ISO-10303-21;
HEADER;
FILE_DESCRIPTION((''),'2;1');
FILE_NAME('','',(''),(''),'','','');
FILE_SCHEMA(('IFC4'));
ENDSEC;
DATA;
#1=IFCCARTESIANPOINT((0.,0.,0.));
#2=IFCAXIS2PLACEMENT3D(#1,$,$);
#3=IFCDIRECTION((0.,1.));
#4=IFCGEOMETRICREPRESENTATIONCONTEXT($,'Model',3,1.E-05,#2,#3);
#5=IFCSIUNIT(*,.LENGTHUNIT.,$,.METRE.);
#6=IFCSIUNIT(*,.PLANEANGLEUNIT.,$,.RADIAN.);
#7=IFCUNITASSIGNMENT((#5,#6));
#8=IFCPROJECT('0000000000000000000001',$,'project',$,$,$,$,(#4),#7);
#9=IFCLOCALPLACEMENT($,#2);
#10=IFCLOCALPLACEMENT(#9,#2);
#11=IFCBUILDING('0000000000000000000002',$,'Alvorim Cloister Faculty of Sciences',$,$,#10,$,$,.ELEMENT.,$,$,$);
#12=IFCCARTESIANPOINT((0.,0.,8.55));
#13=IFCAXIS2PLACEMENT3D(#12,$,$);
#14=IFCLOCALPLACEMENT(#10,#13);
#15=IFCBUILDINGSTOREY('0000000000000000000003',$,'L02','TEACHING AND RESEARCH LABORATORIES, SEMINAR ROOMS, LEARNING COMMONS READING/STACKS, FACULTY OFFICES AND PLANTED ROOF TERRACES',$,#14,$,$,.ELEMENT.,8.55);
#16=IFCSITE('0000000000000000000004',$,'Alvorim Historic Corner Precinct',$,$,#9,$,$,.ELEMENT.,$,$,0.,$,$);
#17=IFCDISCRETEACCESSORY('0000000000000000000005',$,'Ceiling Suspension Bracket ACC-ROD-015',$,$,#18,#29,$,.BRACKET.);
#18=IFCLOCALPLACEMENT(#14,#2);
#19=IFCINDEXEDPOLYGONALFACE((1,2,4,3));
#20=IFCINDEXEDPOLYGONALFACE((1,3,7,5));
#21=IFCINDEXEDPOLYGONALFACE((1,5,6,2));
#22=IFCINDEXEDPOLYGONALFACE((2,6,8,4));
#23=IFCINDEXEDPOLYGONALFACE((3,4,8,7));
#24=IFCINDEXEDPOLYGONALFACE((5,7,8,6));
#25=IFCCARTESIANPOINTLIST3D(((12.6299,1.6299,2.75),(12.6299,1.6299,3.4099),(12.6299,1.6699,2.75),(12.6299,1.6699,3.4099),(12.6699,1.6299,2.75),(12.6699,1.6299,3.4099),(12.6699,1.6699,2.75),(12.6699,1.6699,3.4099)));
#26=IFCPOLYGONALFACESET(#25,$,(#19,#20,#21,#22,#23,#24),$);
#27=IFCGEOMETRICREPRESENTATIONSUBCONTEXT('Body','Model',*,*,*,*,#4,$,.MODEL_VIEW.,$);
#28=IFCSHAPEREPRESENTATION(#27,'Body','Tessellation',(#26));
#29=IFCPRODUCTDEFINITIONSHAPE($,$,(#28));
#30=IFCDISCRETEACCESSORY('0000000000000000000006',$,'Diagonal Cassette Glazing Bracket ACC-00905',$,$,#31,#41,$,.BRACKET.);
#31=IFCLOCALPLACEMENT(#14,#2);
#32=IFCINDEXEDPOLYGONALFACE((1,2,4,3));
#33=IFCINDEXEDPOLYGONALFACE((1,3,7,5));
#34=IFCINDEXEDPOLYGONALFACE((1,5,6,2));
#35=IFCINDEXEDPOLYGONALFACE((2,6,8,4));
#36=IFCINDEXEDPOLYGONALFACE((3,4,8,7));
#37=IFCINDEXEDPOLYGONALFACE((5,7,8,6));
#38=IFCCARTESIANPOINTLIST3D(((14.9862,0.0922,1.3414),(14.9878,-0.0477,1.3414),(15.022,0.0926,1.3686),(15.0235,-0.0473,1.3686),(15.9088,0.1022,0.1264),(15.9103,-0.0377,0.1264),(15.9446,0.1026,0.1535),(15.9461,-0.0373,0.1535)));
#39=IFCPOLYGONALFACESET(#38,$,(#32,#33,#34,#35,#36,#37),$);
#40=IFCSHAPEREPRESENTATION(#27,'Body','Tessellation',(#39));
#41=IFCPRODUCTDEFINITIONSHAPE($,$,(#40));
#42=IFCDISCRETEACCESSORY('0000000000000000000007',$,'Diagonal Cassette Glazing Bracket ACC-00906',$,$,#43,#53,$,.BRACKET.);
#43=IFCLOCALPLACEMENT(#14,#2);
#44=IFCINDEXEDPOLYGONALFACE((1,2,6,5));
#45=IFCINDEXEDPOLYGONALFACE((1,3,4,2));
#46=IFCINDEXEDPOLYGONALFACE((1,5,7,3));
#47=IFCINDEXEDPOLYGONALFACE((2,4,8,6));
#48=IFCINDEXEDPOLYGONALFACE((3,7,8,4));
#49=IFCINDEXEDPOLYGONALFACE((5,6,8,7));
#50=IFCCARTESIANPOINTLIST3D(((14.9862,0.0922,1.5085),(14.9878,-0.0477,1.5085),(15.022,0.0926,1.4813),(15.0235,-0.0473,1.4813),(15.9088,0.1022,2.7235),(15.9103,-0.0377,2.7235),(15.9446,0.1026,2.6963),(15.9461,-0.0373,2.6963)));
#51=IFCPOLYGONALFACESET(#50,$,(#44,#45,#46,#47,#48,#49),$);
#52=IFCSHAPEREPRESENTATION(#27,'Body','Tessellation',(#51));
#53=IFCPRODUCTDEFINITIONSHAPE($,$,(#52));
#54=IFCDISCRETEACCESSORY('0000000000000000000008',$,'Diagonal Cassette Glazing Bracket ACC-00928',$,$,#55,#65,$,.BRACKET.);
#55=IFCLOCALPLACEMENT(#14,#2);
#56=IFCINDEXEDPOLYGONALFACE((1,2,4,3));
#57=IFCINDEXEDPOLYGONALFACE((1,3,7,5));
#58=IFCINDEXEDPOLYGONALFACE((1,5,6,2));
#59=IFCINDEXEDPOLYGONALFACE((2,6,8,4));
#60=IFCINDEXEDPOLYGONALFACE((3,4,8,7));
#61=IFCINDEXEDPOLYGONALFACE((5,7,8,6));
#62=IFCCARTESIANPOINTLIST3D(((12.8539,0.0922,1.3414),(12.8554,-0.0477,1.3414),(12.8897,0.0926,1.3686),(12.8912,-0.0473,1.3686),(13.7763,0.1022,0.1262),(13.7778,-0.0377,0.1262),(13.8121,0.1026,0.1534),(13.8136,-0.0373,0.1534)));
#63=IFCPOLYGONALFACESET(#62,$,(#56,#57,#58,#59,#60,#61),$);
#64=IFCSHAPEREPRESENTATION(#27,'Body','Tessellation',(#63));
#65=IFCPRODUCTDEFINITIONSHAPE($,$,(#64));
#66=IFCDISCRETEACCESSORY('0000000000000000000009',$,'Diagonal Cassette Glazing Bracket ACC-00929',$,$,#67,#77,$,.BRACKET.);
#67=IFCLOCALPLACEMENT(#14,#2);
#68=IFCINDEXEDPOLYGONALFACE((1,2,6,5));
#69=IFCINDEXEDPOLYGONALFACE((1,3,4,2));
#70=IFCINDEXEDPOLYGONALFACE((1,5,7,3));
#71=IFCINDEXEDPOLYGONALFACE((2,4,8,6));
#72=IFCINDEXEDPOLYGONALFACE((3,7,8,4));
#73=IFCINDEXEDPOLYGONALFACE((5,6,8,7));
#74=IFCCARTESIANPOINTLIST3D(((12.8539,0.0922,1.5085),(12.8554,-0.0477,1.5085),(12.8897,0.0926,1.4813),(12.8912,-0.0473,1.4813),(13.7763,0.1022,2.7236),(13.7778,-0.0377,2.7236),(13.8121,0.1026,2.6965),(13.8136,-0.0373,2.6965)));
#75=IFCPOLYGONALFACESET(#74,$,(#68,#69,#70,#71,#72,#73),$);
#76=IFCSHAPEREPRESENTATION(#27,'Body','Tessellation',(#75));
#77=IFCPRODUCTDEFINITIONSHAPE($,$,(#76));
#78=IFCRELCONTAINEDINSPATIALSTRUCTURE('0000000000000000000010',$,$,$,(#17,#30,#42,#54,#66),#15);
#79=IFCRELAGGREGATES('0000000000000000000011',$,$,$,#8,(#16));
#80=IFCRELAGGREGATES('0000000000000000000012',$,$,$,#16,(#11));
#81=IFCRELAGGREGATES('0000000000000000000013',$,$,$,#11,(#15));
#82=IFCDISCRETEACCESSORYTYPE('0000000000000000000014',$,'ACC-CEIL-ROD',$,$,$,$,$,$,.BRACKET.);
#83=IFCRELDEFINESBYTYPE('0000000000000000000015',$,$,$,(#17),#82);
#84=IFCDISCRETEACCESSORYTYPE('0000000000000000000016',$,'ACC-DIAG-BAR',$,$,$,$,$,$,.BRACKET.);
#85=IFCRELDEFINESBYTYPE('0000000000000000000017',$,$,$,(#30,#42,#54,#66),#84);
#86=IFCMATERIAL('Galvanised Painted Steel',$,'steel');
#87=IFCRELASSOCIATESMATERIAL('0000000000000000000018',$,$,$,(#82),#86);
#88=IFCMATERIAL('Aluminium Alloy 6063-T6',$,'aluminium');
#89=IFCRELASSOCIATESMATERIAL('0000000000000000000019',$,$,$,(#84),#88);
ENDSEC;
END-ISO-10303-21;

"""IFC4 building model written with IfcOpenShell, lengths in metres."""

from ifc_helpers import new_model, si_unit, direction, frame, origin, origin_2d, place, context, subcontext, project, spatial, rectangle, extrude, material, type_object, element, save


model = new_model("IFC4")

# Units and contexts
model_context = context("Model", 3, precision=1e-05, world=origin(), true_north=direction((0.0, 1.0)))
body_context = subcontext(model_context, "Body", "Model", "MODEL_VIEW")
ifc_project = project(units=[si_unit("LENGTHUNIT", "METRE"), si_unit("PLANEANGLEUNIT", "RADIAN")], contexts=[model_context])

# Site, building, storey
site_placement = place(None, origin())
site = spatial("IfcSite", under=ifc_project, at=site_placement, Name="Alvorim Historic Corner Precinct", CompositionType="ELEMENT", RefElevation=0.0)
building_placement = place(site_placement, origin())
building = spatial("IfcBuilding", under=site, at=building_placement, Name="Alvorim Cloister Faculty of Sciences", CompositionType="ELEMENT")
storey_placement = place(building_placement, frame((0.0, 0.0, 8.55)))
storey = spatial("IfcBuildingStorey", under=building, at=storey_placement, Name="L02", Description="TEACHING AND RESEARCH LABORATORIES, SEMINAR ROOMS, LEARNING COMMONS READING/STACKS, FACULTY OFFICES AND PLANTED ROOF TERRACES", CompositionType="ELEMENT", Elevation=8.55)

# Shared definitions
ifc_material_1 = material(Name="Aluminium Alloy 6063-T6", Category="aluminium")

# Discrete accessories
ifc_material_2 = material(Name="Galvanised Painted Steel", Category="steel")
discrete_accessory_type_1 = type_object("IfcDiscreteAccessoryType", Name="ACC-CEIL-ROD", PredefinedType="BRACKET", material=ifc_material_2)
discrete_accessory_placement = place(storey_placement, frame((12.6499, 1.6499, 2.75), z_axis=(0.0, 0.0, 1.0), x_axis=(1.0, 0.0, 0.0)))
element("IfcDiscreteAccessory", 1, at=discrete_accessory_placement, inside=storey, type_object=discrete_accessory_type_1, Name="Ceiling Suspension Bracket ACC-ROD-015", PredefinedType="BRACKET", context=body_context, shape_type="SweptSolid", body=[
    extrude(rectangle(XDim=0.04, YDim=0.04, at=origin_2d()), origin(), (0.0, 0.0, 1.0), 0.6599),
])
discrete_accessory_type_2 = type_object("IfcDiscreteAccessoryType", Name="ACC-DIAG-BAR", PredefinedType="BRACKET", material=ifc_material_1)
for number, where, z_axis, x_axis, name in (
    (2, (15.0049, 0.0225, 1.355), (0.604713, 0.006561, -0.796416), (-0.010849, 0.999941, 0.0), "Diagonal Cassette Glazing Bracket ACC-00905"),
    (3, (15.0049, 0.0225, 1.4949), (0.604713, 0.006561, 0.796416), (-0.010849, 0.999941, 0.0), "Diagonal Cassette Glazing Bracket ACC-00906"),
    (4, (12.8726, 0.0225, 1.355), (0.604612, 0.006561, -0.796493), (-0.010852, 0.999941, 0.0), "Diagonal Cassette Glazing Bracket ACC-00928"),
    (5, (12.8726, 0.0225, 1.4949), (0.604612, 0.006561, 0.796493), (-0.010852, 0.999941, 0.0), "Diagonal Cassette Glazing Bracket ACC-00929"),
):
    element("IfcDiscreteAccessory", number, at=place(storey_placement, frame(where, z_axis=z_axis, x_axis=x_axis)), inside=storey, type_object=discrete_accessory_type_2, Name=name, PredefinedType="BRACKET", context=body_context, shape_type="SweptSolid", body=[
        extrude(rectangle(XDim=0.1399, YDim=0.0449, at=origin_2d()), origin(), (0.0, 0.0, 1.0), 1.5256),
    ])

save(model, "model.ifc")
